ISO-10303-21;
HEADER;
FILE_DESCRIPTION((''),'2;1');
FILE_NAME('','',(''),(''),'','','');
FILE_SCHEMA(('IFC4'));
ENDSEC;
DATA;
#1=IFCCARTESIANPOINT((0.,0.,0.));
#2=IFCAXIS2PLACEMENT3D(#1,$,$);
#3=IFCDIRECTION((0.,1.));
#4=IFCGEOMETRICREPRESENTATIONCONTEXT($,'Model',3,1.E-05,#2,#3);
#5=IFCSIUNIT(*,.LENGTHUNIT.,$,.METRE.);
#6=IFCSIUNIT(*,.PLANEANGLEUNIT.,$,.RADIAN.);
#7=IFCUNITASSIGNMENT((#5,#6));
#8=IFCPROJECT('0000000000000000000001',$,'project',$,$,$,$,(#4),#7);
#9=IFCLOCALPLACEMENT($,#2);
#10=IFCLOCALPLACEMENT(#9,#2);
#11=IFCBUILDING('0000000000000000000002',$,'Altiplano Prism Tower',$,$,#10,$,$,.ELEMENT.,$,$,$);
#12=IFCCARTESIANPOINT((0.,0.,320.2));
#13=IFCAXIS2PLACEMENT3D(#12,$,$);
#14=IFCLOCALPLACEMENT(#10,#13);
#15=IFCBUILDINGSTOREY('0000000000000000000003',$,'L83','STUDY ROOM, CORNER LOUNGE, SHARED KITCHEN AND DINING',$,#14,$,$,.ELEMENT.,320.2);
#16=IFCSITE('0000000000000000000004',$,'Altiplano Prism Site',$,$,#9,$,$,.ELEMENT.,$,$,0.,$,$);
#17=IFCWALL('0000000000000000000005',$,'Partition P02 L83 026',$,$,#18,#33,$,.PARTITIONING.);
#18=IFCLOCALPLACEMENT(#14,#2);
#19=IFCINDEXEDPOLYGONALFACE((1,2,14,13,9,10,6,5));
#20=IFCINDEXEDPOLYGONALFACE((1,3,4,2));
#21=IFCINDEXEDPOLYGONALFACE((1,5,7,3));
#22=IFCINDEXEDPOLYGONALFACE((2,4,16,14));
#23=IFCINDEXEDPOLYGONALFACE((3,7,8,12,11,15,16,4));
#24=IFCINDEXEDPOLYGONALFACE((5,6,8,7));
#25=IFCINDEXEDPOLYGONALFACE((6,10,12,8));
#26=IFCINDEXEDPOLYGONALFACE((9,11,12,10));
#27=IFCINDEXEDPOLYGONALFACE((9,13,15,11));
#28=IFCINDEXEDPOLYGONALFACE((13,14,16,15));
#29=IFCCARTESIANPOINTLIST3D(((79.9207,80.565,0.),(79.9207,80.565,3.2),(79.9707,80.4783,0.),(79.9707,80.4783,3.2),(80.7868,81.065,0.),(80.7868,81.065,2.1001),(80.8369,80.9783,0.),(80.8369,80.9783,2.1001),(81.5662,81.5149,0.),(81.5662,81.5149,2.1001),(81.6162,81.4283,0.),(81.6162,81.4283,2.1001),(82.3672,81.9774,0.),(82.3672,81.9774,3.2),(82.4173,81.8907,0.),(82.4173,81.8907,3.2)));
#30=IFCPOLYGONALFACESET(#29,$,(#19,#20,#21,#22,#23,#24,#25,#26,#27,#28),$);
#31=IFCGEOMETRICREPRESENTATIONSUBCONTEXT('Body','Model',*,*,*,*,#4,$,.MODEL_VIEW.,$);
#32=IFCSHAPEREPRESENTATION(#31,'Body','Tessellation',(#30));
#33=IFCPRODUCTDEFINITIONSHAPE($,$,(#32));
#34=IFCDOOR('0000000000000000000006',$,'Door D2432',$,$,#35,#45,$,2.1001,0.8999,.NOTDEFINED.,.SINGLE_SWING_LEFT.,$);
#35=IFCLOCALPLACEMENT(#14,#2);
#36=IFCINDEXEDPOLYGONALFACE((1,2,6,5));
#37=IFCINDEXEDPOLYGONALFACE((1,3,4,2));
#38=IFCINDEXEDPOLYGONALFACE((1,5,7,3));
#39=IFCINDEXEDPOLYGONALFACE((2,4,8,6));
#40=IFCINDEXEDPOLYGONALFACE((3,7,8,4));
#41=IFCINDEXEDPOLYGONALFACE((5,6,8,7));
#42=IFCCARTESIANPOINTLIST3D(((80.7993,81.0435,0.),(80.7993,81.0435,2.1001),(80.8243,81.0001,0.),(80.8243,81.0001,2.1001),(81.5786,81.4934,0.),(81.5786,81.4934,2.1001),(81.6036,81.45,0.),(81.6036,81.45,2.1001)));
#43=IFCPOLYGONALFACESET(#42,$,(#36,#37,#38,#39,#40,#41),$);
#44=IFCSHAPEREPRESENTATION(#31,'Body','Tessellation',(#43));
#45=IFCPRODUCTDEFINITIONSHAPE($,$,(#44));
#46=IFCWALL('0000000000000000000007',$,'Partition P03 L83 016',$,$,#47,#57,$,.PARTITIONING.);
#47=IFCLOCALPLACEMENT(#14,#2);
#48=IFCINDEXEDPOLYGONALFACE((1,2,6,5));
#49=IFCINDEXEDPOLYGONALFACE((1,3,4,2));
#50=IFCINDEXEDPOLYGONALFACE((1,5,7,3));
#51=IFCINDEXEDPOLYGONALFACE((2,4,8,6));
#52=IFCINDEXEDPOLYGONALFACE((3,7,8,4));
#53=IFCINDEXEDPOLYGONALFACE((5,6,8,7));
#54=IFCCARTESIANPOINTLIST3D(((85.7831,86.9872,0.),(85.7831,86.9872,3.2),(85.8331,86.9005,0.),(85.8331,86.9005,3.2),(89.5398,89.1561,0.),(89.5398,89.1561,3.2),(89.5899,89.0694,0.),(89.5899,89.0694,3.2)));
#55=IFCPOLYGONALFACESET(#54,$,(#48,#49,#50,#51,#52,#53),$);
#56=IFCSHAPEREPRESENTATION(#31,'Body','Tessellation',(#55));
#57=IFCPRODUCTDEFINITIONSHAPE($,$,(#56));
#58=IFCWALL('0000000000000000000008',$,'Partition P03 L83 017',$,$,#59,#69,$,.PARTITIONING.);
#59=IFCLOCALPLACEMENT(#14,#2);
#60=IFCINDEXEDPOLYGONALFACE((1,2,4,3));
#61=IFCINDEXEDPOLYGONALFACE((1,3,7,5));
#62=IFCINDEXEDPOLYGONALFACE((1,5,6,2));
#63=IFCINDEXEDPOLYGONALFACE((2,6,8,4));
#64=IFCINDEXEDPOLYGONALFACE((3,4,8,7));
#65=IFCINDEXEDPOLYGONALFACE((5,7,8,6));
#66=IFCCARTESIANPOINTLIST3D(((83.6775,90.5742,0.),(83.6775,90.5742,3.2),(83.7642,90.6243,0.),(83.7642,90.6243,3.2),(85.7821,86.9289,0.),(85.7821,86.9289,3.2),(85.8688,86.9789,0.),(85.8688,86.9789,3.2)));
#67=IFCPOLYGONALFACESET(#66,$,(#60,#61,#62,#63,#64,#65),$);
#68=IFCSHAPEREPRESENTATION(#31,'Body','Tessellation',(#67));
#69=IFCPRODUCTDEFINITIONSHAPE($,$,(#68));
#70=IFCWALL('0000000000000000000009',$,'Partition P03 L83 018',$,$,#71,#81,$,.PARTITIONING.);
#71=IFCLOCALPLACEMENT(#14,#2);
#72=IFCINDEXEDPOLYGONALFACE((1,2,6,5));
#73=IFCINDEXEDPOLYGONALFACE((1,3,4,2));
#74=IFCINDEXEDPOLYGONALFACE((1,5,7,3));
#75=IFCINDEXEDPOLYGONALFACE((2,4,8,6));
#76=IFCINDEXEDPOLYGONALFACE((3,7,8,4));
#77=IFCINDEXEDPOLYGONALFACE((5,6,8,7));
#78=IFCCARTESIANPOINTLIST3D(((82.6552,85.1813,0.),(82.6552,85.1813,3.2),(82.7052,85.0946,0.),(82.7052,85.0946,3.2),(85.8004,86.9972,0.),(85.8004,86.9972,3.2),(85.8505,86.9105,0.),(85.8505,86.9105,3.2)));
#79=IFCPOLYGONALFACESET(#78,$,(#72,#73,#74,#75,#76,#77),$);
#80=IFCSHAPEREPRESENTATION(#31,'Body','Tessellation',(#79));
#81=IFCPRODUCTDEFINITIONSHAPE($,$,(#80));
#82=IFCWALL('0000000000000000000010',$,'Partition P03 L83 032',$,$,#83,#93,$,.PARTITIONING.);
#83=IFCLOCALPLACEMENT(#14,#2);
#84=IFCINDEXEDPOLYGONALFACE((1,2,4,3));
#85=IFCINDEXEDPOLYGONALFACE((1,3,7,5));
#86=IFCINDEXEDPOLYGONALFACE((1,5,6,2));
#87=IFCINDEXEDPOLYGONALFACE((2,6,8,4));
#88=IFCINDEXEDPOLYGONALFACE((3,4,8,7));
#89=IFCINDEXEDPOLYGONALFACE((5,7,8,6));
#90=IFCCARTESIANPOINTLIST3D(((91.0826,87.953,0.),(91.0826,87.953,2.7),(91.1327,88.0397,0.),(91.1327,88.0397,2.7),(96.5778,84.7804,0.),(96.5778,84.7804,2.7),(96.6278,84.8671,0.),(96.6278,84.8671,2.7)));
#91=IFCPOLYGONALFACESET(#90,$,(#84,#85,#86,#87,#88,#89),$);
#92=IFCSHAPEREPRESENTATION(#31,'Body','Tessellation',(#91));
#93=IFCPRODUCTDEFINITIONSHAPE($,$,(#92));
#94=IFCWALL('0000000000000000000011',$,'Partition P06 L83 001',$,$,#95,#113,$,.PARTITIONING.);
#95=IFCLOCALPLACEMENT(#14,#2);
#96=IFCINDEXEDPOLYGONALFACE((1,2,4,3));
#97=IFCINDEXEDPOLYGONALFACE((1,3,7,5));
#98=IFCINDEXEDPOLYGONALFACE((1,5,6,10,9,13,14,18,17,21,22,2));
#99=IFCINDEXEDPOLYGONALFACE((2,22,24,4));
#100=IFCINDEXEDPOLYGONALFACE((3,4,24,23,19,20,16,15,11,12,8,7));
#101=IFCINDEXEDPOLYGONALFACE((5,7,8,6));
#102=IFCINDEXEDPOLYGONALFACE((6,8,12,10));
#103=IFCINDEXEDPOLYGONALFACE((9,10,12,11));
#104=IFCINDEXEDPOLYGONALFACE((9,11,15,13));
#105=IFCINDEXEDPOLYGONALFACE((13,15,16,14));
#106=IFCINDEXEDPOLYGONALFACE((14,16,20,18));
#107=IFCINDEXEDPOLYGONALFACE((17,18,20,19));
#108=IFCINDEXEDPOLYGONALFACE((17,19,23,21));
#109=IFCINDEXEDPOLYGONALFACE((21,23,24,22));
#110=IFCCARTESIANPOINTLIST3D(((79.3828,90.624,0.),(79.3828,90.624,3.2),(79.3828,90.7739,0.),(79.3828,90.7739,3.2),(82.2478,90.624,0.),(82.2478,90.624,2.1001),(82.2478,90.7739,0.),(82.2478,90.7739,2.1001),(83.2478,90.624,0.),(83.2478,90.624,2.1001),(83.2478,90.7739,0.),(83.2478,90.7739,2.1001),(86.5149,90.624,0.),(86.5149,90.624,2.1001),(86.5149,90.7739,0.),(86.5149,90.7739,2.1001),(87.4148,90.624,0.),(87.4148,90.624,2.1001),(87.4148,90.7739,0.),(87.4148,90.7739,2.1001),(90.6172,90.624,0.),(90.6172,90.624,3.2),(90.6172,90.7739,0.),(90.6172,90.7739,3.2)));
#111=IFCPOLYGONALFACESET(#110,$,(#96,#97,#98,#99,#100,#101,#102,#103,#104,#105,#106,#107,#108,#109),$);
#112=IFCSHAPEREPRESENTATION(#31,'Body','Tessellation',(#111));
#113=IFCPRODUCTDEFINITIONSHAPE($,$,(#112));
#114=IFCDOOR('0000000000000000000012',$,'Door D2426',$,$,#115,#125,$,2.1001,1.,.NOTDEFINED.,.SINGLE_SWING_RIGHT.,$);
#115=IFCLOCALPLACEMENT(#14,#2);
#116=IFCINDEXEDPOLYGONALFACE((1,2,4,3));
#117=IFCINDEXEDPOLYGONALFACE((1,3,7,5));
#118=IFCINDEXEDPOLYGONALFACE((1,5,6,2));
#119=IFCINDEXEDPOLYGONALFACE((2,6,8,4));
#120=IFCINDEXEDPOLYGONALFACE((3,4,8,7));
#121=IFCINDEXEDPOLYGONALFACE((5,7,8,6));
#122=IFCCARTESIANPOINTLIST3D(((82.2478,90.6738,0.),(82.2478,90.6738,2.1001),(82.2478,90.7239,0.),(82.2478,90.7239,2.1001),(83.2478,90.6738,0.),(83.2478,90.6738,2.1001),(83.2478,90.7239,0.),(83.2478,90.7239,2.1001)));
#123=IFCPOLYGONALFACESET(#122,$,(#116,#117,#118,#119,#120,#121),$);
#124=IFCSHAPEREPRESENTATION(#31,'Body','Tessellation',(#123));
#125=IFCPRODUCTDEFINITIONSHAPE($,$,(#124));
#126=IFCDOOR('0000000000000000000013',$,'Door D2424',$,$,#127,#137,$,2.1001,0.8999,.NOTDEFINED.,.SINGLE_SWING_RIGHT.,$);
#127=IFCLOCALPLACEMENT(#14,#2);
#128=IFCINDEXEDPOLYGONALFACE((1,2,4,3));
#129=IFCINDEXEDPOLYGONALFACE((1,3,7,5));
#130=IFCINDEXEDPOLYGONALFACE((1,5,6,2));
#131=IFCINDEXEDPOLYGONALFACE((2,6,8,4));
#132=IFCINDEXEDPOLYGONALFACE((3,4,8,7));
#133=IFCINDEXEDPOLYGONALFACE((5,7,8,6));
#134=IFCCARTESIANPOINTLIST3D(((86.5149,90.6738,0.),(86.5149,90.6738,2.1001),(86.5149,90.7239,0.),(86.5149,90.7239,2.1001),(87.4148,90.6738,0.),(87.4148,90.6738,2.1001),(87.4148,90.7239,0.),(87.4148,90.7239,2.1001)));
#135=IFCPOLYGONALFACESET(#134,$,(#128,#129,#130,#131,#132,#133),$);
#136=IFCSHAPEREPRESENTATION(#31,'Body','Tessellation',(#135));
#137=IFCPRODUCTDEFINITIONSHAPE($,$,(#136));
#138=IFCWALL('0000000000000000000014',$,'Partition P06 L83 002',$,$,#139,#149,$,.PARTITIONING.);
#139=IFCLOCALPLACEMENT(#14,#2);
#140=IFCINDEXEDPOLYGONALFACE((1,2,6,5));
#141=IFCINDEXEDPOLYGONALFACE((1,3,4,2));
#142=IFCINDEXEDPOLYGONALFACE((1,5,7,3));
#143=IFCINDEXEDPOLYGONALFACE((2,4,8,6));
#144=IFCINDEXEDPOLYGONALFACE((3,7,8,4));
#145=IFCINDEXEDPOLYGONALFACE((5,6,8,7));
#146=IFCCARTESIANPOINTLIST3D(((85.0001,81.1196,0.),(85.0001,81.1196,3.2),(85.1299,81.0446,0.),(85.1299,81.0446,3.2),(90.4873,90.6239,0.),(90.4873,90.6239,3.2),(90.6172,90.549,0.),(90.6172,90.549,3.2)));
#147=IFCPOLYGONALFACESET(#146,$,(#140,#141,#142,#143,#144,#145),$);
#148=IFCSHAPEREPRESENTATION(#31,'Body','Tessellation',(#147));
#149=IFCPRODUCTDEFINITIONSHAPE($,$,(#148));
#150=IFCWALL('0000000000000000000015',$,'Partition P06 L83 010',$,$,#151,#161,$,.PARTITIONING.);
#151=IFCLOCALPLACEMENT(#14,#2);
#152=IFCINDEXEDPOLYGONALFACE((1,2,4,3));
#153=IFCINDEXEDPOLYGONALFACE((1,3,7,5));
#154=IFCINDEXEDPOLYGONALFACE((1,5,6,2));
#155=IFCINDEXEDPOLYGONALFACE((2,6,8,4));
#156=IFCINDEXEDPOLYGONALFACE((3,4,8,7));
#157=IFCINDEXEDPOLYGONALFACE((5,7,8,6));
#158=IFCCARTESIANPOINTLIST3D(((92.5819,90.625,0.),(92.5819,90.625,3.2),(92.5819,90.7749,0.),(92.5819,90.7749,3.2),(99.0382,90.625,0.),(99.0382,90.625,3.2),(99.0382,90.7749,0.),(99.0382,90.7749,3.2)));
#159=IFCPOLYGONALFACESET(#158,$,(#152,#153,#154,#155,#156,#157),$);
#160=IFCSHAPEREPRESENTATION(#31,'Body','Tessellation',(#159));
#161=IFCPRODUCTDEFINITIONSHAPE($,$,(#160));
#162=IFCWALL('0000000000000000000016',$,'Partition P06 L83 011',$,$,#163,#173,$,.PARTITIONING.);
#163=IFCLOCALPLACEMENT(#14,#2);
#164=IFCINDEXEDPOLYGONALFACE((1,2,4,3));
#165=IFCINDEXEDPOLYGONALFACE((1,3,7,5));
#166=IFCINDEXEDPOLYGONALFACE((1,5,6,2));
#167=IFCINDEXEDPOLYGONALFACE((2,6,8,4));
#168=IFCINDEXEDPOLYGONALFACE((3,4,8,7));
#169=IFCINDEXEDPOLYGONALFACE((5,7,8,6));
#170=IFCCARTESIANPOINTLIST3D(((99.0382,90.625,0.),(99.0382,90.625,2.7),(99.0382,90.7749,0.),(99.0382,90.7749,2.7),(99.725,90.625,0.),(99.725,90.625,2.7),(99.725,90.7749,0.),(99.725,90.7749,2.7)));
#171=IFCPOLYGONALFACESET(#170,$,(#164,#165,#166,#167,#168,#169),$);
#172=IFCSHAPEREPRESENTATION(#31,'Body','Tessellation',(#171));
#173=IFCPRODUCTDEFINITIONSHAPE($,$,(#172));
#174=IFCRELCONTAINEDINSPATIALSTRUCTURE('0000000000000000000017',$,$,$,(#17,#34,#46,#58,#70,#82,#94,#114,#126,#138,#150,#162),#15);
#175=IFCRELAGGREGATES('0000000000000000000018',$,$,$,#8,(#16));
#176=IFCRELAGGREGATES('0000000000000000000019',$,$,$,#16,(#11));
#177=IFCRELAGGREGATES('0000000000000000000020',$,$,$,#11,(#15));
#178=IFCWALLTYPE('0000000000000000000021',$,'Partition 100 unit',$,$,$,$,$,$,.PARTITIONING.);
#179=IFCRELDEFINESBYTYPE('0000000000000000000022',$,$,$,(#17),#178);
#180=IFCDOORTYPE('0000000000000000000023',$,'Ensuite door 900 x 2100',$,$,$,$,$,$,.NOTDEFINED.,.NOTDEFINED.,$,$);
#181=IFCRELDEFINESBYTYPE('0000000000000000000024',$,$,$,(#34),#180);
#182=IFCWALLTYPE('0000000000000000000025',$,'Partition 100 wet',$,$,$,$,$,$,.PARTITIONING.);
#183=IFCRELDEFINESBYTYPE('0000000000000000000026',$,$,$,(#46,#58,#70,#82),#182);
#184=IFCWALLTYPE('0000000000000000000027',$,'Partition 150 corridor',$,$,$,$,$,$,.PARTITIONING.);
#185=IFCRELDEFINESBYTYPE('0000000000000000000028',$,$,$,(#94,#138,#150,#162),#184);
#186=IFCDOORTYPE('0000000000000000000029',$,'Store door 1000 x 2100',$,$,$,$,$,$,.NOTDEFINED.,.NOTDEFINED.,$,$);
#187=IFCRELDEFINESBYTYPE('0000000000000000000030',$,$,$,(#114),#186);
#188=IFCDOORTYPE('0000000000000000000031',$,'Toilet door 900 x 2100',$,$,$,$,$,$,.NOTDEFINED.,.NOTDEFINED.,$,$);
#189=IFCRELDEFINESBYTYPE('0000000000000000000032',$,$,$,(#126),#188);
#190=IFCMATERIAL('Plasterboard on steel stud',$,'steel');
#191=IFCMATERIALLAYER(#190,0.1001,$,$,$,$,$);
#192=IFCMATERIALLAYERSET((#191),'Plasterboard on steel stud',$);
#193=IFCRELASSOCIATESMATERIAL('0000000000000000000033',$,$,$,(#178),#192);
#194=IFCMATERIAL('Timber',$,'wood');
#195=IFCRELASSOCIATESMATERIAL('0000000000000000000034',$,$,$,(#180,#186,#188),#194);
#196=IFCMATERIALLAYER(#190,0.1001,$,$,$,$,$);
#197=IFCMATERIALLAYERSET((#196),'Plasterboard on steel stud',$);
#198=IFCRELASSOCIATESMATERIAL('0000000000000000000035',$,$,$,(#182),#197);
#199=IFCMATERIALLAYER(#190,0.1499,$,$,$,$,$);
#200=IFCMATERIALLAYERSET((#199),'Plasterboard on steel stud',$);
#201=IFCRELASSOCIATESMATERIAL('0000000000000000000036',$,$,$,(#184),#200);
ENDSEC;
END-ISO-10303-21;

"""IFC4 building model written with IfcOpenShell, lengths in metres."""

from ifc_helpers import new_model, si_unit, direction, frame, frame_2d, origin, place, context, subcontext, project, spatial, rectangle, extrude, material, layer, layer_set, type_object, element, fill, save


model = new_model("IFC4")

# Units and contexts
model_context = context("Model", 3, precision=1e-05, world=origin(), true_north=direction((0.0, 1.0)))
body_context = subcontext(model_context, "Body", "Model", "MODEL_VIEW")
ifc_project = project(units=[si_unit("LENGTHUNIT", "METRE"), si_unit("PLANEANGLEUNIT", "RADIAN")], contexts=[model_context])

# Site, building, storey
site_placement = place(None, origin())
site = spatial("IfcSite", under=ifc_project, at=site_placement, Name="Altiplano Prism Site", CompositionType="ELEMENT", RefElevation=0.0)
building_placement = place(site_placement, origin())
building = spatial("IfcBuilding", under=site, at=building_placement, Name="Altiplano Prism Tower", CompositionType="ELEMENT")
storey_placement = place(building_placement, frame((0.0, 0.0, 320.2)))
storey = spatial("IfcBuildingStorey", under=building, at=storey_placement, Name="L83", Description="STUDY ROOM, CORNER LOUNGE, SHARED KITCHEN AND DINING", CompositionType="ELEMENT", Elevation=320.2)

# Wall, opening, door
ifc_material_1 = material(Name="Plasterboard on steel stud", Category="steel")
ifc_layer_1 = layer(ifc_material_1, 0.1001)
ifc_layer_set_1 = layer_set([ifc_layer_1], Name="Plasterboard on steel stud")
wall_type_1 = type_object("IfcWallType", Name="Partition 100 unit", PredefinedType="PARTITIONING", material=ifc_layer_set_1)
wall_1_placement = place(storey_placement, frame((82.3923, 81.9341, 0.0), z_axis=(0.0, 0.0, 1.0), x_axis=(-0.866049, -0.499959, 0.0)))
wall_1 = element("IfcWall", 1, at=wall_1_placement, inside=storey, type_object=wall_type_1, Name="Partition P02 L83 026", PredefinedType="PARTITIONING", context=body_context, shape_type="SweptSolid", body=[
    extrude(rectangle(XDim=2.825, YDim=0.1001, at=frame_2d((1.4126, 0.0))), origin(), (0.0, 0.0, 1.0), 3.2),
])
opening_1_placement = place(wall_1_placement, frame((0.925, 0.0, 0.0)))
opening_1 = element("IfcOpeningElement", 2, at=opening_1_placement, cuts=wall_1, PredefinedType="OPENING", context=body_context, shape_type="SweptSolid", body=[
    extrude(rectangle(XDim=0.8999, YDim=2.1001, at=frame_2d((0.45, 1.05))), frame((0.0, 0.0605, 0.0), z_axis=(0.0, -1.0, 0.0), x_axis=(1.0, 0.0, 0.0)), (0.0, 0.0, 1.0), 0.1211),
])
ifc_material_2 = material(Name="Timber", Category="wood")
door_type_1 = type_object("IfcDoorType", Name="Ensuite door 900 x 2100", OperationType="NOTDEFINED", PredefinedType="NOTDEFINED", material=ifc_material_2)
door_1_placement = place(opening_1_placement, origin())
door_1 = element("IfcDoor", 3, at=door_1_placement, inside=storey, type_object=door_type_1, Name="Door D2432", OperationType="SINGLE_SWING_LEFT", OverallHeight=2.1001, OverallWidth=0.8999, PredefinedType="NOTDEFINED", context=body_context, shape_type="SweptSolid", body=[
    extrude(rectangle(XDim=0.8999, YDim=2.1001, at=frame_2d((0.45, 1.05))), frame((0.0, 0.0249, 0.0), z_axis=(0.0, -1.0, 0.0), x_axis=(1.0, 0.0, 0.0)), (0.0, 0.0, 1.0), 0.05),
])
fill(opening_1, door_1)

# Walls
ifc_layer_2 = layer(ifc_material_1, 0.1001)
ifc_layer_set_2 = layer_set([ifc_layer_2], Name="Plasterboard on steel stud")
wall_type_2 = type_object("IfcWallType", Name="Partition 100 wet", PredefinedType="PARTITIONING", material=ifc_layer_set_2)
wall_2_placement = place(storey_placement, frame((85.8081, 86.9438, 0.0), z_axis=(0.0, 0.0, 1.0), x_axis=(0.866032, 0.499989, 0.0)))
element("IfcWall", 4, at=wall_2_placement, inside=storey, type_object=wall_type_2, Name="Partition P03 L83 016", PredefinedType="PARTITIONING", context=body_context, shape_type="SweptSolid", body=[
    extrude(rectangle(XDim=4.3379, YDim=0.1001, at=frame_2d((2.1689, 0.0))), origin(), (0.0, 0.0, 1.0), 3.2),
])
wall_3_placement = place(storey_placement, frame((83.7209, 90.5991, 0.0), z_axis=(0.0, 0.0, 1.0), x_axis=(0.499982, -0.866036, 0.0)))
element("IfcWall", 5, at=wall_3_placement, inside=storey, type_object=wall_type_2, Name="Partition P03 L83 017", PredefinedType="PARTITIONING", context=body_context, shape_type="SweptSolid", body=[
    extrude(rectangle(XDim=4.2092, YDim=0.1001, at=frame_2d((2.1045, 0.0))), origin(), (0.0, 0.0, 1.0), 3.2),
])
wall_4_placement = place(storey_placement, frame((85.8254, 86.9539, 0.0), z_axis=(0.0, 0.0, 1.0), x_axis=(-0.866026, -0.5, 0.0)))
element("IfcWall", 6, at=wall_4_placement, inside=storey, type_object=wall_type_2, Name="Partition P03 L83 018", PredefinedType="PARTITIONING", context=body_context, shape_type="SweptSolid", body=[
    extrude(rectangle(XDim=3.6318, YDim=0.1001, at=frame_2d((1.8159, 0.0))), origin(), (0.0, 0.0, 1.0), 3.2),
])
wall_5_placement = place(storey_placement, frame((96.6028, 84.8237, 0.0), z_axis=(0.0, 0.0, 1.0), x_axis=(-0.866025, 0.5, 0.0)))
element("IfcWall", 7, at=wall_5_placement, inside=storey, type_object=wall_type_2, Name="Partition P03 L83 032", PredefinedType="PARTITIONING", context=body_context, shape_type="SweptSolid", body=[
    extrude(rectangle(XDim=6.3452, YDim=0.1001, at=frame_2d((3.1726, 0.0))), origin(), (0.0, 0.0, 1.0), 2.7),
])

# Wall, openings, doors
ifc_layer_3 = layer(ifc_material_1, 0.1499)
ifc_layer_set_3 = layer_set([ifc_layer_3], Name="Plasterboard on steel stud")
wall_type_3 = type_object("IfcWallType", Name="Partition 150 corridor", PredefinedType="PARTITIONING", material=ifc_layer_set_3)
wall_6_placement = place(storey_placement, frame((79.3828, 90.699, 0.0), z_axis=(0.0, 0.0, 1.0), x_axis=(1.0, 0.0, 0.0)))
wall_6 = element("IfcWall", 8, at=wall_6_placement, inside=storey, type_object=wall_type_3, Name="Partition P06 L83 001", PredefinedType="PARTITIONING", context=body_context, shape_type="SweptSolid", body=[
    extrude(rectangle(XDim=11.2344, YDim=0.1499, at=frame_2d((5.6172, 0.0))), origin(), (0.0, 0.0, 1.0), 3.2),
])
opening_2_placement = place(wall_6_placement, frame((7.1321, 0.0, 0.0)))
opening_2 = element("IfcOpeningElement", 9, at=opening_2_placement, cuts=wall_6, PredefinedType="OPENING", context=body_context, shape_type="SweptSolid", body=[
    extrude(rectangle(XDim=0.8999, YDim=2.1001, at=frame_2d((0.45, 1.05))), frame((0.0, 0.0854, 0.0), z_axis=(0.0, -1.0, 0.0), x_axis=(1.0, 0.0, 0.0)), (0.0, 0.0, 1.0), 0.1709),
])
opening_3_placement = place(wall_6_placement, frame((2.865, 0.0, 0.0)))
opening_3 = element("IfcOpeningElement", 10, at=opening_3_placement, cuts=wall_6, PredefinedType="OPENING", context=body_context, shape_type="SweptSolid", body=[
    extrude(rectangle(XDim=1.0, YDim=2.1001, at=frame_2d((0.5, 1.05))), frame((0.0, 0.0854, 0.0), z_axis=(0.0, -1.0, 0.0), x_axis=(1.0, 0.0, 0.0)), (0.0, 0.0, 1.0), 0.1709),
])
door_type_2 = type_object("IfcDoorType", Name="Store door 1000 x 2100", OperationType="NOTDEFINED", PredefinedType="NOTDEFINED", material=ifc_material_2)
door_2_placement = place(opening_3_placement, origin())
door_2 = element("IfcDoor", 11, at=door_2_placement, inside=storey, type_object=door_type_2, Name="Door D2426", OperationType="SINGLE_SWING_RIGHT", OverallHeight=2.1001, OverallWidth=1.0, PredefinedType="NOTDEFINED", context=body_context, shape_type="SweptSolid", body=[
    extrude(rectangle(XDim=1.0, YDim=2.1001, at=frame_2d((0.5, 1.05))), frame((0.0, 0.0249, 0.0), z_axis=(0.0, -1.0, 0.0), x_axis=(1.0, 0.0, 0.0)), (0.0, 0.0, 1.0), 0.05),
])
fill(opening_3, door_2)
door_type_3 = type_object("IfcDoorType", Name="Toilet door 900 x 2100", OperationType="NOTDEFINED", PredefinedType="NOTDEFINED", material=ifc_material_2)
door_3_placement = place(opening_2_placement, origin())
door_3 = element("IfcDoor", 12, at=door_3_placement, inside=storey, type_object=door_type_3, Name="Door D2424", OperationType="SINGLE_SWING_RIGHT", OverallHeight=2.1001, OverallWidth=0.8999, PredefinedType="NOTDEFINED", context=body_context, shape_type="SweptSolid", body=[
    extrude(rectangle(XDim=0.8999, YDim=2.1001, at=frame_2d((0.45, 1.05))), frame((0.0, 0.0249, 0.0), z_axis=(0.0, -1.0, 0.0), x_axis=(1.0, 0.0, 0.0)), (0.0, 0.0, 1.0), 0.05),
])
fill(opening_2, door_3)

# Walls
wall_7_placement = place(storey_placement, frame((90.5522, 90.5864, 0.0), z_axis=(0.0, 0.0, 1.0), x_axis=(-0.499996, -0.866028, 0.0)))
element("IfcWall", 13, at=wall_7_placement, inside=storey, type_object=wall_type_3, Name="Partition P06 L83 002", PredefinedType="PARTITIONING", context=body_context, shape_type="SweptSolid", body=[
    extrude(rectangle(XDim=10.9746, YDim=0.1499, at=frame_2d((5.4873, 0.0))), origin(), (0.0, 0.0, 1.0), 3.2),
])
wall_8_placement = place(storey_placement, frame((92.582, 90.7, 0.0), z_axis=(0.0, 0.0, 1.0), x_axis=(1.0, 0.0, 0.0)))
element("IfcWall", 14, at=wall_8_placement, inside=storey, type_object=wall_type_3, Name="Partition P06 L83 010", PredefinedType="PARTITIONING", context=body_context, shape_type="SweptSolid", body=[
    extrude(rectangle(XDim=6.4563, YDim=0.1499, at=frame_2d((3.228, 0.0))), origin(), (0.0, 0.0, 1.0), 3.2),
])
wall_9_placement = place(storey_placement, frame((99.0383, 90.7, 0.0), z_axis=(0.0, 0.0, 1.0), x_axis=(1.0, 0.0, 0.0)))
element("IfcWall", 15, at=wall_9_placement, inside=storey, type_object=wall_type_3, Name="Partition P06 L83 011", PredefinedType="PARTITIONING", context=body_context, shape_type="SweptSolid", body=[
    extrude(rectangle(XDim=0.6868, YDim=0.1499, at=frame_2d((0.3433, 0.0))), origin(), (0.0, 0.0, 1.0), 2.7),
])

save(model, "model.ifc")
